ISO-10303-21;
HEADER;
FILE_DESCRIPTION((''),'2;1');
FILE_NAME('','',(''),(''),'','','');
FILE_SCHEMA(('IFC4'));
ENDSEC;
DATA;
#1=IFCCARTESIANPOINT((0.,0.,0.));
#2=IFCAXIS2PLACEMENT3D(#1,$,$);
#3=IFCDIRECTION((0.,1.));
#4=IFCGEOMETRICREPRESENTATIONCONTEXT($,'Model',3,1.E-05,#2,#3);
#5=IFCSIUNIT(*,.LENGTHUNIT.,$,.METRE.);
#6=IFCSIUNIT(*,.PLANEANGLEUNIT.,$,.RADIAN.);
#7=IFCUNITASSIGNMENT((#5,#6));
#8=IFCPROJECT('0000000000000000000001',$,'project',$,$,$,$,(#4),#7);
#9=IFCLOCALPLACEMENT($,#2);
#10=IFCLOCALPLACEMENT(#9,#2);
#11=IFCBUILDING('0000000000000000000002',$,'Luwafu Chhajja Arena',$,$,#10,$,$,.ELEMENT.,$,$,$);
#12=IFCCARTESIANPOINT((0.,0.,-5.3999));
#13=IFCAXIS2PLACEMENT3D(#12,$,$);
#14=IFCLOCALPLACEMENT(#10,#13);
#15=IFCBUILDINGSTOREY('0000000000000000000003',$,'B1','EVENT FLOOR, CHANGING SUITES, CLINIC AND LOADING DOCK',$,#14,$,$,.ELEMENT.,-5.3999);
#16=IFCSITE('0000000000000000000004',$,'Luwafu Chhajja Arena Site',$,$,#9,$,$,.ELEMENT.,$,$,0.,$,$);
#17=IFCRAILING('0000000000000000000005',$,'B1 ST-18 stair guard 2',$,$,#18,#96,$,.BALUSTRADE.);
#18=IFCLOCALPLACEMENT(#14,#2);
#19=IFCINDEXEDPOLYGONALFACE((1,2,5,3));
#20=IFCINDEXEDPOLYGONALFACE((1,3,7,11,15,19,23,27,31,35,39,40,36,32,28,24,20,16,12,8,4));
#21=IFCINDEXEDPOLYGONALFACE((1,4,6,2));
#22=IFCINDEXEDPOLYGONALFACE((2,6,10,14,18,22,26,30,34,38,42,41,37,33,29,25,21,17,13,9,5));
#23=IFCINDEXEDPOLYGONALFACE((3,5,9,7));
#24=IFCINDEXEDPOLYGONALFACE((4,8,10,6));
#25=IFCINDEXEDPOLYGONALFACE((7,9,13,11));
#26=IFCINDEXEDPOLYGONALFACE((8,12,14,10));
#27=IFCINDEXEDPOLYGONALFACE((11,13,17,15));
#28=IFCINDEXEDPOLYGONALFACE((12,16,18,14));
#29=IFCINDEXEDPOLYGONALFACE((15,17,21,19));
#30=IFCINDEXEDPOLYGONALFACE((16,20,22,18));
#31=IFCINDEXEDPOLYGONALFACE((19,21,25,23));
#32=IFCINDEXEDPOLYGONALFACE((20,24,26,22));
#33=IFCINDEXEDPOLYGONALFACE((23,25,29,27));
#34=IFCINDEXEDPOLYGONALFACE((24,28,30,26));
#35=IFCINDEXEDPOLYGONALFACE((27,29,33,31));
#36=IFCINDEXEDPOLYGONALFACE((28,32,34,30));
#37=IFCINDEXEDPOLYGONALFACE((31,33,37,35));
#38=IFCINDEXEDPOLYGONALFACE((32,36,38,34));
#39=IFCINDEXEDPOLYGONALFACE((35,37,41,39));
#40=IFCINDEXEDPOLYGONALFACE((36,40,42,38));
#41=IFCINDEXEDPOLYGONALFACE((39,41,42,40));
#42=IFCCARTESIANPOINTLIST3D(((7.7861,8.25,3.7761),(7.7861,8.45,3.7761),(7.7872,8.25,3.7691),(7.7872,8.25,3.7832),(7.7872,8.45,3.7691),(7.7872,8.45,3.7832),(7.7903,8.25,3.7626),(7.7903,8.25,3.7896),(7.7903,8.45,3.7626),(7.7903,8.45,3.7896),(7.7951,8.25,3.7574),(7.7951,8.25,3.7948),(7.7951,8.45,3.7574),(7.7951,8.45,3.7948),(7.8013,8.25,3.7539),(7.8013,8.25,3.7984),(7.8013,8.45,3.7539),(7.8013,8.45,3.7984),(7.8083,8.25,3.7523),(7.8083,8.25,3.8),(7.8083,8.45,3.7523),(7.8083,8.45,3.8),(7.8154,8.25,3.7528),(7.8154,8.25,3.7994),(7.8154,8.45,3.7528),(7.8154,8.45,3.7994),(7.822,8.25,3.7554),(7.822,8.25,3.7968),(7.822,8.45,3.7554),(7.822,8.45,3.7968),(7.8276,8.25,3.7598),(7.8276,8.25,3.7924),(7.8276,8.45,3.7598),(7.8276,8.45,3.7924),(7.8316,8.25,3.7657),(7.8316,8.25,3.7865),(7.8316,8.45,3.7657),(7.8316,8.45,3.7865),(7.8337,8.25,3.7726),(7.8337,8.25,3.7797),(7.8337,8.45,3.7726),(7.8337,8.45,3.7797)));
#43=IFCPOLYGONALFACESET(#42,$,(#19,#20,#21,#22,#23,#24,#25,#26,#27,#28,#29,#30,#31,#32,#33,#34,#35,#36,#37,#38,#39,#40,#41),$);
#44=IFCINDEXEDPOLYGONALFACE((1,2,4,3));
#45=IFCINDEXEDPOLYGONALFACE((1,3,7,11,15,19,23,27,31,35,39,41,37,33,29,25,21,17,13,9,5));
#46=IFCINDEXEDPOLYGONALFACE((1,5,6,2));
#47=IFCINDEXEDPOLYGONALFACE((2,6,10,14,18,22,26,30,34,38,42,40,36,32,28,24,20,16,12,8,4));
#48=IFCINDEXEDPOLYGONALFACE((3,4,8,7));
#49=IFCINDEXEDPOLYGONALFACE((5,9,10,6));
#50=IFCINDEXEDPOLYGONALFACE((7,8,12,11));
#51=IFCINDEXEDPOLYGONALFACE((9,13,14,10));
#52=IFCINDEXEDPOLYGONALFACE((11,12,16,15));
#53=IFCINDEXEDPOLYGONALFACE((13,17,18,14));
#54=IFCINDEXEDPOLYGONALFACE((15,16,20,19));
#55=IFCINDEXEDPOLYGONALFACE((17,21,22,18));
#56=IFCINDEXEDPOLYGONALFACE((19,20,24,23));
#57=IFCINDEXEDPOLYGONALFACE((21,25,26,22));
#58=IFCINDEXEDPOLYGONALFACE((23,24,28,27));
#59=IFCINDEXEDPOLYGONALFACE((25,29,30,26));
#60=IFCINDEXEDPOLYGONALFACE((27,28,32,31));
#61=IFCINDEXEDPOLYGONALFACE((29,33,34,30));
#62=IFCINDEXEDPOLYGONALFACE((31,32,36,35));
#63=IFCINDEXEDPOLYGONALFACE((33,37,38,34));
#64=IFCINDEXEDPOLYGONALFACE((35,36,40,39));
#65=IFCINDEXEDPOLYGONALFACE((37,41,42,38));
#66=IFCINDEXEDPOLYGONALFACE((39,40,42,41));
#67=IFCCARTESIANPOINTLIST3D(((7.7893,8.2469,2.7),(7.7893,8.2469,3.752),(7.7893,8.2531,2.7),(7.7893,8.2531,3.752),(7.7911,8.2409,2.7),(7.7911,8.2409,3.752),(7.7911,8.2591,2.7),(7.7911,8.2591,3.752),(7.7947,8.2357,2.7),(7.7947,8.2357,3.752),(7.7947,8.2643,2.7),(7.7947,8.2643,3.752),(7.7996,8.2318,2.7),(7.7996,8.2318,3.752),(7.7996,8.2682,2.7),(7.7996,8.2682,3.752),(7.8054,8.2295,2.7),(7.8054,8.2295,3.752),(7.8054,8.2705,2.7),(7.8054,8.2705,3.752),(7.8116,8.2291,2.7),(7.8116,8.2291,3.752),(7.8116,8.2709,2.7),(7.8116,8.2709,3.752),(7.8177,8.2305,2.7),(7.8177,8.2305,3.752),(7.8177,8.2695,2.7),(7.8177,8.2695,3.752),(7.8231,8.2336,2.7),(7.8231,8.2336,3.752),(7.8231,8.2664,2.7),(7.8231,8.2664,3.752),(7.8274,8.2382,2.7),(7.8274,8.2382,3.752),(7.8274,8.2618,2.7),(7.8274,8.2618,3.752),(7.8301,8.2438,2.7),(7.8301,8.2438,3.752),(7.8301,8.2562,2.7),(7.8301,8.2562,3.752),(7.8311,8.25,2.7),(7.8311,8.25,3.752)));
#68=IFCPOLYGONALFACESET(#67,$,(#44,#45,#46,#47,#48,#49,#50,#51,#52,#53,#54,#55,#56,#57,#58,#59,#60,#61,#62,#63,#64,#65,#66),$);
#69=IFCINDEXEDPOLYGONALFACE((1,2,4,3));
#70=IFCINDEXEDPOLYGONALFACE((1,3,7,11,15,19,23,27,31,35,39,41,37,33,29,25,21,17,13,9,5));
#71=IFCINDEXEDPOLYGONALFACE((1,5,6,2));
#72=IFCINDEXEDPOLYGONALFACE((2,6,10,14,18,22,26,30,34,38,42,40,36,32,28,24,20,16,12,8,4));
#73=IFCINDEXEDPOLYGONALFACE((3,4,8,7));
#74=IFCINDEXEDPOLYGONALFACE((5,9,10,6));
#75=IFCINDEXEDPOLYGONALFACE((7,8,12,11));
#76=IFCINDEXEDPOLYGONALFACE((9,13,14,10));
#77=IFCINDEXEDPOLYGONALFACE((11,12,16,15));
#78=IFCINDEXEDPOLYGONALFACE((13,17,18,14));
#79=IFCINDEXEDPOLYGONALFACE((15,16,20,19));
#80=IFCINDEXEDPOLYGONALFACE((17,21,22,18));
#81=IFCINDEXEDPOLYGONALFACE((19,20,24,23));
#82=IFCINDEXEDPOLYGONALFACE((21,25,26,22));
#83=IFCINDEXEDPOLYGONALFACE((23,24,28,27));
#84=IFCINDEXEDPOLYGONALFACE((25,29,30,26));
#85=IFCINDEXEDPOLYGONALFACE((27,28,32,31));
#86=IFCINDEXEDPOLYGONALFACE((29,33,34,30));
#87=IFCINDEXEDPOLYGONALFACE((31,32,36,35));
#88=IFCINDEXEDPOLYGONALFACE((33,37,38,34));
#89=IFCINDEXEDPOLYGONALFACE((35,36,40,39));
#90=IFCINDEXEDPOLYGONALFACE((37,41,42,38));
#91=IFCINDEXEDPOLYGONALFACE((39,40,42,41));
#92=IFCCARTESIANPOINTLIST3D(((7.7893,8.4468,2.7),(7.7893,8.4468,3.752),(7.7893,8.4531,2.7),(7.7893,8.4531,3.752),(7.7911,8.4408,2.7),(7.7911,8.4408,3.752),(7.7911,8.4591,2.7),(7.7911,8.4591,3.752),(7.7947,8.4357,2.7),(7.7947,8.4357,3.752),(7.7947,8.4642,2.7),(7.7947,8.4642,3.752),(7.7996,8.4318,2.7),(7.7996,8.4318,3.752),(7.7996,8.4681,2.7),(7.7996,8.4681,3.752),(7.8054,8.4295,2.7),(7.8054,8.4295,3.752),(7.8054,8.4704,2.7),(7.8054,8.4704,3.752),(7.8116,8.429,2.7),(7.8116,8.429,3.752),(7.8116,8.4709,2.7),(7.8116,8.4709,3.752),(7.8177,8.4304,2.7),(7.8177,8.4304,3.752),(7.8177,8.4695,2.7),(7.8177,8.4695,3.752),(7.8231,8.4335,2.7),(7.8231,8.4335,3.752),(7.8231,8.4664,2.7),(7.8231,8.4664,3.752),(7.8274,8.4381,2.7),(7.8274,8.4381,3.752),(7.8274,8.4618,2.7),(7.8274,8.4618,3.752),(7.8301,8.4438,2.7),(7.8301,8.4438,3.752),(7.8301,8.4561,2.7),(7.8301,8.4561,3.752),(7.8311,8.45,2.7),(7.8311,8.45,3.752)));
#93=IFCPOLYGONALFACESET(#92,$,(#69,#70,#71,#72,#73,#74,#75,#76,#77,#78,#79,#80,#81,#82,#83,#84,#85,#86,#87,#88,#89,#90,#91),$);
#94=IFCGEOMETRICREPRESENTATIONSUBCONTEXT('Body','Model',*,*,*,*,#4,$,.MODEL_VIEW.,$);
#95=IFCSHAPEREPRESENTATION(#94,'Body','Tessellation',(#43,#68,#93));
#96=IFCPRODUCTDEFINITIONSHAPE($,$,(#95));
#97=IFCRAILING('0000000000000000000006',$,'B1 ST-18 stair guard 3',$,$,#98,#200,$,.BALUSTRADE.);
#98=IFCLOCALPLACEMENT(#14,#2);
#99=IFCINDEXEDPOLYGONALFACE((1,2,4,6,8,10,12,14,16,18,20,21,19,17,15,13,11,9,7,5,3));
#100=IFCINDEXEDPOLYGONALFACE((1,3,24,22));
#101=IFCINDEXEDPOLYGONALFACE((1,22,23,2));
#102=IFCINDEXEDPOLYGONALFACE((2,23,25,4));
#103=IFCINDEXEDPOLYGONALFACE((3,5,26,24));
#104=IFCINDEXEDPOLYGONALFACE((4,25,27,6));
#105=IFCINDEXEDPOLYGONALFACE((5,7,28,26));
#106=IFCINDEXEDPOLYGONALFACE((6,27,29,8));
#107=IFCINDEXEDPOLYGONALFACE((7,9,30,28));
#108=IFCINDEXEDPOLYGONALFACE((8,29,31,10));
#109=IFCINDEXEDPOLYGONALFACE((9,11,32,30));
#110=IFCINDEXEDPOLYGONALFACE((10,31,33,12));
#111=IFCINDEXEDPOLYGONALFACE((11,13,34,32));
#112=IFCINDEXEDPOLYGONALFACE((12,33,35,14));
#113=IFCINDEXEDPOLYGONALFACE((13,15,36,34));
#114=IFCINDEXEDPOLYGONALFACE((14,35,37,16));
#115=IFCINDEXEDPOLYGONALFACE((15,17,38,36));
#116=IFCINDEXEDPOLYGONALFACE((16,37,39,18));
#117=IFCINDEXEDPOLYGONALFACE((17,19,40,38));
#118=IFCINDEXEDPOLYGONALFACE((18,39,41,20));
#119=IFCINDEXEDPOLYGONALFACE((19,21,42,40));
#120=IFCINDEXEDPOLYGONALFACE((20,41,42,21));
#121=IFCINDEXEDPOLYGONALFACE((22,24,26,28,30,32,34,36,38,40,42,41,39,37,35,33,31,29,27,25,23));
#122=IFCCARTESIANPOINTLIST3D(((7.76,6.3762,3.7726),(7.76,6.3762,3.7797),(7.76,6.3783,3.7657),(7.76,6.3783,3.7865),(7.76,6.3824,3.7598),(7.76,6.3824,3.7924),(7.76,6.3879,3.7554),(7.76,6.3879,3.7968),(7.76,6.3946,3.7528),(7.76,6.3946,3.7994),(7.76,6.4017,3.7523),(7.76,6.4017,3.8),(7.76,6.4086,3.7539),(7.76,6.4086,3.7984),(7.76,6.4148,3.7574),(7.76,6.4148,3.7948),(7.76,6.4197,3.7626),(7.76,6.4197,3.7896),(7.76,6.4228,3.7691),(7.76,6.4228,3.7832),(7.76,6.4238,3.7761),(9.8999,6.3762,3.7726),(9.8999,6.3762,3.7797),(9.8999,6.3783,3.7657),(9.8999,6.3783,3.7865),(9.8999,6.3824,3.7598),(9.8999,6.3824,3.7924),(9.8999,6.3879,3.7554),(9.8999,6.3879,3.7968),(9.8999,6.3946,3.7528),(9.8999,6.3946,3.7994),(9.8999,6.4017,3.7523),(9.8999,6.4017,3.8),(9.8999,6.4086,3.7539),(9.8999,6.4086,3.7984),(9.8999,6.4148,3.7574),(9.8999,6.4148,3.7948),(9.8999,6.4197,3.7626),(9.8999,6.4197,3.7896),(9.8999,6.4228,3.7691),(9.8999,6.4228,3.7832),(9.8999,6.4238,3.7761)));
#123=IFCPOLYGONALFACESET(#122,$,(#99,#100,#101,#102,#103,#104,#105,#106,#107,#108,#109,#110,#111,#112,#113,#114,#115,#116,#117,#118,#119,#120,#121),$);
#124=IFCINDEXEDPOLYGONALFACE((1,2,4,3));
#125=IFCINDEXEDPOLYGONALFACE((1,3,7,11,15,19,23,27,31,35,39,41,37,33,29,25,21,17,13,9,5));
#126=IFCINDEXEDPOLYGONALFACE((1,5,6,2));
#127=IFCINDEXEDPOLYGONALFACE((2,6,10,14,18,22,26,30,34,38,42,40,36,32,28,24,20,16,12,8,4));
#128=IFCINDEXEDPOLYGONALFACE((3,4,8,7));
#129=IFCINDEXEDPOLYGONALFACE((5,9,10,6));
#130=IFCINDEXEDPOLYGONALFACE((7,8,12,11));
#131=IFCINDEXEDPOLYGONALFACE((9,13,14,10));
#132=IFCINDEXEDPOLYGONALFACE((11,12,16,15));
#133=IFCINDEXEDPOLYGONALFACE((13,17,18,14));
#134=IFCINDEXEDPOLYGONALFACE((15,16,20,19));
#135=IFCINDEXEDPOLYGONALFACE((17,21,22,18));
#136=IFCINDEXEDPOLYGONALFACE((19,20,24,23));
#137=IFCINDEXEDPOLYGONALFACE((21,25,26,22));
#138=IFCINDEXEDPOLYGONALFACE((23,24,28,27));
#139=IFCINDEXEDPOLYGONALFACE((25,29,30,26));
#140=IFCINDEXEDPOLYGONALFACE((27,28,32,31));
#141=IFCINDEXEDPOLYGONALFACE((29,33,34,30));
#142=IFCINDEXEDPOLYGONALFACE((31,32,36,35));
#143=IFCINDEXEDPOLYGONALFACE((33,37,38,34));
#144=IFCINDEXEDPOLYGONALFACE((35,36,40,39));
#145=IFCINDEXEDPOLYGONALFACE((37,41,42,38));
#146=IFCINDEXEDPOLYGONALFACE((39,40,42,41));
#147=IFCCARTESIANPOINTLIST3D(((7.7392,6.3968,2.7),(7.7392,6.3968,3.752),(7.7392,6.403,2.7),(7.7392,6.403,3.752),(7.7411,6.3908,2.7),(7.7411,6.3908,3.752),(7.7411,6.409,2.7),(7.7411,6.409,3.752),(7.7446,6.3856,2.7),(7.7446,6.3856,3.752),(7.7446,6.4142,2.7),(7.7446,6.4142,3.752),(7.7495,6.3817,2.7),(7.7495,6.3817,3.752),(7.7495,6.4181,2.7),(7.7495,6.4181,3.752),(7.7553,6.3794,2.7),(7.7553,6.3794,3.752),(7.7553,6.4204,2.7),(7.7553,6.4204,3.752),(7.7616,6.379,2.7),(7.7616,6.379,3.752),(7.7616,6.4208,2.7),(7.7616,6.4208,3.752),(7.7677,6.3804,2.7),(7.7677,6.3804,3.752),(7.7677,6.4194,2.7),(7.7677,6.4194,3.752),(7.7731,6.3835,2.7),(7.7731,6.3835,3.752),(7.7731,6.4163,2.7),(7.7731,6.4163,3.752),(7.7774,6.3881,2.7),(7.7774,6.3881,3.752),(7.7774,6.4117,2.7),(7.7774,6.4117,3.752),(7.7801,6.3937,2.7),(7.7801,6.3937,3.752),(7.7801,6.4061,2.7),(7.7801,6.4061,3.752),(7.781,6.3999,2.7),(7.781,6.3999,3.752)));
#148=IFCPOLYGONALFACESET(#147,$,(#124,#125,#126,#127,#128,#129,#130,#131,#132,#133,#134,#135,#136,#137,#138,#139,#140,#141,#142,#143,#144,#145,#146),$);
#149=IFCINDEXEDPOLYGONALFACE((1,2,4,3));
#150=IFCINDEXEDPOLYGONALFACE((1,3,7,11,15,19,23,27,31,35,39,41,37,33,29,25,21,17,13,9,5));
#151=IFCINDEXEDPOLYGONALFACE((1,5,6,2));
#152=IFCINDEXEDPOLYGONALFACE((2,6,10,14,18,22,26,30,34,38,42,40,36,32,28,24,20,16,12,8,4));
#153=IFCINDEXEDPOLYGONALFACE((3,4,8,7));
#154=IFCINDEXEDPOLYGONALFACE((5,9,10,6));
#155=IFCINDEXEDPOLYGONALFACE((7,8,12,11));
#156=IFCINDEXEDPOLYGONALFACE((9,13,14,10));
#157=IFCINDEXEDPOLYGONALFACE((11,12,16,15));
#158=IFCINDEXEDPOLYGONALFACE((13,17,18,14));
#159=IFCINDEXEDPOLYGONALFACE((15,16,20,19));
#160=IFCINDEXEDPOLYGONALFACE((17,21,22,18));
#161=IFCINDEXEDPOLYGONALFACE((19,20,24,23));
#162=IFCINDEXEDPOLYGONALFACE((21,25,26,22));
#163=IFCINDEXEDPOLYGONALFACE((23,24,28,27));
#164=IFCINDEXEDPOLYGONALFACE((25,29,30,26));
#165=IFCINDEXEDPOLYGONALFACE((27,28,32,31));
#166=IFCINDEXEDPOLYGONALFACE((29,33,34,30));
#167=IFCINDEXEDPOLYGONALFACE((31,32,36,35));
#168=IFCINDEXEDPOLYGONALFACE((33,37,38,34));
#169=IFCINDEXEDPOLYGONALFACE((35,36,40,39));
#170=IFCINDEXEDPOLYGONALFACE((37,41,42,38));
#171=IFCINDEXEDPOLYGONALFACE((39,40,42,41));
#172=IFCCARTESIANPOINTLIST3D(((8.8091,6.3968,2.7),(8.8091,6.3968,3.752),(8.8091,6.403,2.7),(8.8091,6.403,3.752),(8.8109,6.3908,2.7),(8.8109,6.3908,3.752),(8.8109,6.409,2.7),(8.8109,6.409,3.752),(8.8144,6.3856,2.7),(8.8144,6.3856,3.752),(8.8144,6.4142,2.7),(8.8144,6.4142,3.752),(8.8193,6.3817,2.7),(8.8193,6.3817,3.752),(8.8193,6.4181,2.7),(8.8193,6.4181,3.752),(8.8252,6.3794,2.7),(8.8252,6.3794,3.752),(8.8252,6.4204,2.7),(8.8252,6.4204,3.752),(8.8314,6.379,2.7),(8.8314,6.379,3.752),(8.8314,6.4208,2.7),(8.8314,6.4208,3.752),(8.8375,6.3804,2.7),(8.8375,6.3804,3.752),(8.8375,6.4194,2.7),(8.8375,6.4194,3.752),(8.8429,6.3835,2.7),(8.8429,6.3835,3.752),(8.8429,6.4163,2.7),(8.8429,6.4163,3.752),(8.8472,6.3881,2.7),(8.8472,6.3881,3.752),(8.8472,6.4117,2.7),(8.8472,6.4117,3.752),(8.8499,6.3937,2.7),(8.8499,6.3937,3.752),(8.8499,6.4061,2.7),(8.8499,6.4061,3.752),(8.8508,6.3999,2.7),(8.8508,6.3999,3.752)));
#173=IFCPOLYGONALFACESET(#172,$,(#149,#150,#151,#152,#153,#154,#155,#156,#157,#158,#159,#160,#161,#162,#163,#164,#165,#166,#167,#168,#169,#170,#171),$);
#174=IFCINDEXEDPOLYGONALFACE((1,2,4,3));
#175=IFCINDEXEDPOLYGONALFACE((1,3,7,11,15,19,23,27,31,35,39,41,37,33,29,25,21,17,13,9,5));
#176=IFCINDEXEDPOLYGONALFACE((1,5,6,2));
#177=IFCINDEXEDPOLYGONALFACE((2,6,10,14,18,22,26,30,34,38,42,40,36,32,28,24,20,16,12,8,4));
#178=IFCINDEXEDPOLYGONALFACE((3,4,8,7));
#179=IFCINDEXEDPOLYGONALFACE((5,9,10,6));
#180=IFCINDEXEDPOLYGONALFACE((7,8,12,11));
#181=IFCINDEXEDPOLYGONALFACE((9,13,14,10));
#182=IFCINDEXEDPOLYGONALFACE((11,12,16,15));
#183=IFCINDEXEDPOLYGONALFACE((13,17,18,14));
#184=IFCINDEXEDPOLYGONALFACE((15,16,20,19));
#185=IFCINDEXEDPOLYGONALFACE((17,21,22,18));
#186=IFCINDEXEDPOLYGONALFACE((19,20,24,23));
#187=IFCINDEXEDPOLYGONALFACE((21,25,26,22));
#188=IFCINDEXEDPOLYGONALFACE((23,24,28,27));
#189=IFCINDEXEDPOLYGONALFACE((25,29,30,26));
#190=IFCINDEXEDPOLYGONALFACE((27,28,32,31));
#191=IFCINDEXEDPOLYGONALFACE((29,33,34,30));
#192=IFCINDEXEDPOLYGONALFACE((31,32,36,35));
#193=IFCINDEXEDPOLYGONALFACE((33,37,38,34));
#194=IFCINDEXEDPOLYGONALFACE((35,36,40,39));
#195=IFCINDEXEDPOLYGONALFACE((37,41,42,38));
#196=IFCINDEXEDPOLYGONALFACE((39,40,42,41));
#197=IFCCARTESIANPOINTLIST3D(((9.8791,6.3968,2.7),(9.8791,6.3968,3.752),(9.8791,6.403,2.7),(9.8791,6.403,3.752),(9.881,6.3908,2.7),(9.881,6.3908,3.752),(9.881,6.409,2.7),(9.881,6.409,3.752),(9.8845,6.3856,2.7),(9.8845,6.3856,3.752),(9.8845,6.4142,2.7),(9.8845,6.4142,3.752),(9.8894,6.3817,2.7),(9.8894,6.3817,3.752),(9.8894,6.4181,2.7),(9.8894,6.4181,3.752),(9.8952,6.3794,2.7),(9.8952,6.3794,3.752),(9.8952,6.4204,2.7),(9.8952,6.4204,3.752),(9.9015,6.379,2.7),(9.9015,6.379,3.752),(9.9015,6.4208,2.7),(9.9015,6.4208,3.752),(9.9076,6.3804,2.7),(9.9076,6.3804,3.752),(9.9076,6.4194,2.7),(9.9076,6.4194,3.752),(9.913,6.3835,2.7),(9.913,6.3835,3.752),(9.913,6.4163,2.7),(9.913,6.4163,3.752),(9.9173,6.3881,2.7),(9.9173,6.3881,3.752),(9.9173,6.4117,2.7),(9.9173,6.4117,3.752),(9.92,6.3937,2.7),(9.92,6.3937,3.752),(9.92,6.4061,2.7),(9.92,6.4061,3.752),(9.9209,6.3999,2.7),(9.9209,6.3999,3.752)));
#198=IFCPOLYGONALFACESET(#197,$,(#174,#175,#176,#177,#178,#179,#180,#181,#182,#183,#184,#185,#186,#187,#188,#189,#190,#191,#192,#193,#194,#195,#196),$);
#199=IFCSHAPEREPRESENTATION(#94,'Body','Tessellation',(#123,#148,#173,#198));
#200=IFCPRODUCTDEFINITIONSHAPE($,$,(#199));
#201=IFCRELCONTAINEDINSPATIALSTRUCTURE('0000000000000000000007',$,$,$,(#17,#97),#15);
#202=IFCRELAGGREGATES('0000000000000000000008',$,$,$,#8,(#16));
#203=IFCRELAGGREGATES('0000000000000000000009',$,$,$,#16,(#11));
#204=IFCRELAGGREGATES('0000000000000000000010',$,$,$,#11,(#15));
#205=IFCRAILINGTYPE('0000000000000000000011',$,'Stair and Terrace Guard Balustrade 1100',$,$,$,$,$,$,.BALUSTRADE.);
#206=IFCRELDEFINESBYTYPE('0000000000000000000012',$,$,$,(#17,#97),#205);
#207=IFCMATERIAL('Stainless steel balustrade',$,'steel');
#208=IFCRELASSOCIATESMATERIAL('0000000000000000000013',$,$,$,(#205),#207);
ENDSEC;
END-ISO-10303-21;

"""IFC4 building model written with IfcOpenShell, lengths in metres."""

from ifc_helpers import new_model, si_unit, direction, frame, origin, origin_2d, place, context, subcontext, project, spatial, circle, extrude, material, type_object, element, save


model = new_model("IFC4")

# Units and contexts
model_context = context("Model", 3, precision=1e-05, world=origin(), true_north=direction((0.0, 1.0)))
body_context = subcontext(model_context, "Body", "Model", "MODEL_VIEW")
ifc_project = project(units=[si_unit("LENGTHUNIT", "METRE"), si_unit("PLANEANGLEUNIT", "RADIAN")], contexts=[model_context])

# Site, building, storey
site_placement = place(None, origin())
site = spatial("IfcSite", under=ifc_project, at=site_placement, Name="Luwafu Chhajja Arena Site", CompositionType="ELEMENT", RefElevation=0.0)
building_placement = place(site_placement, origin())
building = spatial("IfcBuilding", under=site, at=building_placement, Name="Luwafu Chhajja Arena", CompositionType="ELEMENT")
storey_placement = place(building_placement, frame((0.0, 0.0, -5.3999)))
storey = spatial("IfcBuildingStorey", under=building, at=storey_placement, Name="B1", Description="EVENT FLOOR, CHANGING SUITES, CLINIC AND LOADING DOCK", CompositionType="ELEMENT", Elevation=-5.3999)

# Railings
ifc_material_1 = material(Name="Stainless steel balustrade", Category="steel")
railing_type_1 = type_object("IfcRailingType", Name="Stair and Terrace Guard Balustrade 1100", PredefinedType="BALUSTRADE", material=ifc_material_1)
railing_1_placement = place(storey_placement, frame((7.8101, 8.25, 2.7)))
element("IfcRailing", 1, at=railing_1_placement, inside=storey, type_object=railing_type_1, Name="B1 ST-18 stair guard 2", PredefinedType="BALUSTRADE", context=body_context, shape_type="SweptSolid", body=[
    extrude(circle(Radius=0.0239, at=origin_2d()), frame((0.0, 0.0, 1.0762), z_axis=(0.0, 1.0, 0.0), x_axis=(-1.0, 0.0, 0.0)), (0.0, 0.0, 1.0), 0.2),
    extrude(circle(Radius=0.021, at=origin_2d()), origin(), (0.0, 0.0, 1.0), 1.052),
    extrude(circle(Radius=0.021, at=origin_2d()), frame((0.0, 0.2, 0.0)), (0.0, 0.0, 1.0), 1.052),
])
for number, where, name in (
    (2, (7.76, 6.3999, 2.7), "B1 ST-18 stair guard 3"),
):
    element("IfcRailing", number, at=place(storey_placement, frame(where)), inside=storey, type_object=railing_type_1, Name=name, PredefinedType="BALUSTRADE", context=body_context, shape_type="SweptSolid", body=[
        extrude(circle(Radius=0.0239, at=origin_2d()), frame((0.0, 0.0, 1.0762), z_axis=(1.0, 0.0, 0.0), x_axis=(0.0, 1.0, 0.0)), (0.0, 0.0, 1.0), 2.1399),
        extrude(circle(Radius=0.021, at=origin_2d()), origin(), (0.0, 0.0, 1.0), 1.052),
        extrude(circle(Radius=0.021, at=origin_2d()), frame((1.0698, 0.0, 0.0)), (0.0, 0.0, 1.0), 1.052),
        extrude(circle(Radius=0.021, at=origin_2d()), frame((2.1399, 0.0, 0.0)), (0.0, 0.0, 1.0), 1.052),
    ])

save(model, "model.ifc")
